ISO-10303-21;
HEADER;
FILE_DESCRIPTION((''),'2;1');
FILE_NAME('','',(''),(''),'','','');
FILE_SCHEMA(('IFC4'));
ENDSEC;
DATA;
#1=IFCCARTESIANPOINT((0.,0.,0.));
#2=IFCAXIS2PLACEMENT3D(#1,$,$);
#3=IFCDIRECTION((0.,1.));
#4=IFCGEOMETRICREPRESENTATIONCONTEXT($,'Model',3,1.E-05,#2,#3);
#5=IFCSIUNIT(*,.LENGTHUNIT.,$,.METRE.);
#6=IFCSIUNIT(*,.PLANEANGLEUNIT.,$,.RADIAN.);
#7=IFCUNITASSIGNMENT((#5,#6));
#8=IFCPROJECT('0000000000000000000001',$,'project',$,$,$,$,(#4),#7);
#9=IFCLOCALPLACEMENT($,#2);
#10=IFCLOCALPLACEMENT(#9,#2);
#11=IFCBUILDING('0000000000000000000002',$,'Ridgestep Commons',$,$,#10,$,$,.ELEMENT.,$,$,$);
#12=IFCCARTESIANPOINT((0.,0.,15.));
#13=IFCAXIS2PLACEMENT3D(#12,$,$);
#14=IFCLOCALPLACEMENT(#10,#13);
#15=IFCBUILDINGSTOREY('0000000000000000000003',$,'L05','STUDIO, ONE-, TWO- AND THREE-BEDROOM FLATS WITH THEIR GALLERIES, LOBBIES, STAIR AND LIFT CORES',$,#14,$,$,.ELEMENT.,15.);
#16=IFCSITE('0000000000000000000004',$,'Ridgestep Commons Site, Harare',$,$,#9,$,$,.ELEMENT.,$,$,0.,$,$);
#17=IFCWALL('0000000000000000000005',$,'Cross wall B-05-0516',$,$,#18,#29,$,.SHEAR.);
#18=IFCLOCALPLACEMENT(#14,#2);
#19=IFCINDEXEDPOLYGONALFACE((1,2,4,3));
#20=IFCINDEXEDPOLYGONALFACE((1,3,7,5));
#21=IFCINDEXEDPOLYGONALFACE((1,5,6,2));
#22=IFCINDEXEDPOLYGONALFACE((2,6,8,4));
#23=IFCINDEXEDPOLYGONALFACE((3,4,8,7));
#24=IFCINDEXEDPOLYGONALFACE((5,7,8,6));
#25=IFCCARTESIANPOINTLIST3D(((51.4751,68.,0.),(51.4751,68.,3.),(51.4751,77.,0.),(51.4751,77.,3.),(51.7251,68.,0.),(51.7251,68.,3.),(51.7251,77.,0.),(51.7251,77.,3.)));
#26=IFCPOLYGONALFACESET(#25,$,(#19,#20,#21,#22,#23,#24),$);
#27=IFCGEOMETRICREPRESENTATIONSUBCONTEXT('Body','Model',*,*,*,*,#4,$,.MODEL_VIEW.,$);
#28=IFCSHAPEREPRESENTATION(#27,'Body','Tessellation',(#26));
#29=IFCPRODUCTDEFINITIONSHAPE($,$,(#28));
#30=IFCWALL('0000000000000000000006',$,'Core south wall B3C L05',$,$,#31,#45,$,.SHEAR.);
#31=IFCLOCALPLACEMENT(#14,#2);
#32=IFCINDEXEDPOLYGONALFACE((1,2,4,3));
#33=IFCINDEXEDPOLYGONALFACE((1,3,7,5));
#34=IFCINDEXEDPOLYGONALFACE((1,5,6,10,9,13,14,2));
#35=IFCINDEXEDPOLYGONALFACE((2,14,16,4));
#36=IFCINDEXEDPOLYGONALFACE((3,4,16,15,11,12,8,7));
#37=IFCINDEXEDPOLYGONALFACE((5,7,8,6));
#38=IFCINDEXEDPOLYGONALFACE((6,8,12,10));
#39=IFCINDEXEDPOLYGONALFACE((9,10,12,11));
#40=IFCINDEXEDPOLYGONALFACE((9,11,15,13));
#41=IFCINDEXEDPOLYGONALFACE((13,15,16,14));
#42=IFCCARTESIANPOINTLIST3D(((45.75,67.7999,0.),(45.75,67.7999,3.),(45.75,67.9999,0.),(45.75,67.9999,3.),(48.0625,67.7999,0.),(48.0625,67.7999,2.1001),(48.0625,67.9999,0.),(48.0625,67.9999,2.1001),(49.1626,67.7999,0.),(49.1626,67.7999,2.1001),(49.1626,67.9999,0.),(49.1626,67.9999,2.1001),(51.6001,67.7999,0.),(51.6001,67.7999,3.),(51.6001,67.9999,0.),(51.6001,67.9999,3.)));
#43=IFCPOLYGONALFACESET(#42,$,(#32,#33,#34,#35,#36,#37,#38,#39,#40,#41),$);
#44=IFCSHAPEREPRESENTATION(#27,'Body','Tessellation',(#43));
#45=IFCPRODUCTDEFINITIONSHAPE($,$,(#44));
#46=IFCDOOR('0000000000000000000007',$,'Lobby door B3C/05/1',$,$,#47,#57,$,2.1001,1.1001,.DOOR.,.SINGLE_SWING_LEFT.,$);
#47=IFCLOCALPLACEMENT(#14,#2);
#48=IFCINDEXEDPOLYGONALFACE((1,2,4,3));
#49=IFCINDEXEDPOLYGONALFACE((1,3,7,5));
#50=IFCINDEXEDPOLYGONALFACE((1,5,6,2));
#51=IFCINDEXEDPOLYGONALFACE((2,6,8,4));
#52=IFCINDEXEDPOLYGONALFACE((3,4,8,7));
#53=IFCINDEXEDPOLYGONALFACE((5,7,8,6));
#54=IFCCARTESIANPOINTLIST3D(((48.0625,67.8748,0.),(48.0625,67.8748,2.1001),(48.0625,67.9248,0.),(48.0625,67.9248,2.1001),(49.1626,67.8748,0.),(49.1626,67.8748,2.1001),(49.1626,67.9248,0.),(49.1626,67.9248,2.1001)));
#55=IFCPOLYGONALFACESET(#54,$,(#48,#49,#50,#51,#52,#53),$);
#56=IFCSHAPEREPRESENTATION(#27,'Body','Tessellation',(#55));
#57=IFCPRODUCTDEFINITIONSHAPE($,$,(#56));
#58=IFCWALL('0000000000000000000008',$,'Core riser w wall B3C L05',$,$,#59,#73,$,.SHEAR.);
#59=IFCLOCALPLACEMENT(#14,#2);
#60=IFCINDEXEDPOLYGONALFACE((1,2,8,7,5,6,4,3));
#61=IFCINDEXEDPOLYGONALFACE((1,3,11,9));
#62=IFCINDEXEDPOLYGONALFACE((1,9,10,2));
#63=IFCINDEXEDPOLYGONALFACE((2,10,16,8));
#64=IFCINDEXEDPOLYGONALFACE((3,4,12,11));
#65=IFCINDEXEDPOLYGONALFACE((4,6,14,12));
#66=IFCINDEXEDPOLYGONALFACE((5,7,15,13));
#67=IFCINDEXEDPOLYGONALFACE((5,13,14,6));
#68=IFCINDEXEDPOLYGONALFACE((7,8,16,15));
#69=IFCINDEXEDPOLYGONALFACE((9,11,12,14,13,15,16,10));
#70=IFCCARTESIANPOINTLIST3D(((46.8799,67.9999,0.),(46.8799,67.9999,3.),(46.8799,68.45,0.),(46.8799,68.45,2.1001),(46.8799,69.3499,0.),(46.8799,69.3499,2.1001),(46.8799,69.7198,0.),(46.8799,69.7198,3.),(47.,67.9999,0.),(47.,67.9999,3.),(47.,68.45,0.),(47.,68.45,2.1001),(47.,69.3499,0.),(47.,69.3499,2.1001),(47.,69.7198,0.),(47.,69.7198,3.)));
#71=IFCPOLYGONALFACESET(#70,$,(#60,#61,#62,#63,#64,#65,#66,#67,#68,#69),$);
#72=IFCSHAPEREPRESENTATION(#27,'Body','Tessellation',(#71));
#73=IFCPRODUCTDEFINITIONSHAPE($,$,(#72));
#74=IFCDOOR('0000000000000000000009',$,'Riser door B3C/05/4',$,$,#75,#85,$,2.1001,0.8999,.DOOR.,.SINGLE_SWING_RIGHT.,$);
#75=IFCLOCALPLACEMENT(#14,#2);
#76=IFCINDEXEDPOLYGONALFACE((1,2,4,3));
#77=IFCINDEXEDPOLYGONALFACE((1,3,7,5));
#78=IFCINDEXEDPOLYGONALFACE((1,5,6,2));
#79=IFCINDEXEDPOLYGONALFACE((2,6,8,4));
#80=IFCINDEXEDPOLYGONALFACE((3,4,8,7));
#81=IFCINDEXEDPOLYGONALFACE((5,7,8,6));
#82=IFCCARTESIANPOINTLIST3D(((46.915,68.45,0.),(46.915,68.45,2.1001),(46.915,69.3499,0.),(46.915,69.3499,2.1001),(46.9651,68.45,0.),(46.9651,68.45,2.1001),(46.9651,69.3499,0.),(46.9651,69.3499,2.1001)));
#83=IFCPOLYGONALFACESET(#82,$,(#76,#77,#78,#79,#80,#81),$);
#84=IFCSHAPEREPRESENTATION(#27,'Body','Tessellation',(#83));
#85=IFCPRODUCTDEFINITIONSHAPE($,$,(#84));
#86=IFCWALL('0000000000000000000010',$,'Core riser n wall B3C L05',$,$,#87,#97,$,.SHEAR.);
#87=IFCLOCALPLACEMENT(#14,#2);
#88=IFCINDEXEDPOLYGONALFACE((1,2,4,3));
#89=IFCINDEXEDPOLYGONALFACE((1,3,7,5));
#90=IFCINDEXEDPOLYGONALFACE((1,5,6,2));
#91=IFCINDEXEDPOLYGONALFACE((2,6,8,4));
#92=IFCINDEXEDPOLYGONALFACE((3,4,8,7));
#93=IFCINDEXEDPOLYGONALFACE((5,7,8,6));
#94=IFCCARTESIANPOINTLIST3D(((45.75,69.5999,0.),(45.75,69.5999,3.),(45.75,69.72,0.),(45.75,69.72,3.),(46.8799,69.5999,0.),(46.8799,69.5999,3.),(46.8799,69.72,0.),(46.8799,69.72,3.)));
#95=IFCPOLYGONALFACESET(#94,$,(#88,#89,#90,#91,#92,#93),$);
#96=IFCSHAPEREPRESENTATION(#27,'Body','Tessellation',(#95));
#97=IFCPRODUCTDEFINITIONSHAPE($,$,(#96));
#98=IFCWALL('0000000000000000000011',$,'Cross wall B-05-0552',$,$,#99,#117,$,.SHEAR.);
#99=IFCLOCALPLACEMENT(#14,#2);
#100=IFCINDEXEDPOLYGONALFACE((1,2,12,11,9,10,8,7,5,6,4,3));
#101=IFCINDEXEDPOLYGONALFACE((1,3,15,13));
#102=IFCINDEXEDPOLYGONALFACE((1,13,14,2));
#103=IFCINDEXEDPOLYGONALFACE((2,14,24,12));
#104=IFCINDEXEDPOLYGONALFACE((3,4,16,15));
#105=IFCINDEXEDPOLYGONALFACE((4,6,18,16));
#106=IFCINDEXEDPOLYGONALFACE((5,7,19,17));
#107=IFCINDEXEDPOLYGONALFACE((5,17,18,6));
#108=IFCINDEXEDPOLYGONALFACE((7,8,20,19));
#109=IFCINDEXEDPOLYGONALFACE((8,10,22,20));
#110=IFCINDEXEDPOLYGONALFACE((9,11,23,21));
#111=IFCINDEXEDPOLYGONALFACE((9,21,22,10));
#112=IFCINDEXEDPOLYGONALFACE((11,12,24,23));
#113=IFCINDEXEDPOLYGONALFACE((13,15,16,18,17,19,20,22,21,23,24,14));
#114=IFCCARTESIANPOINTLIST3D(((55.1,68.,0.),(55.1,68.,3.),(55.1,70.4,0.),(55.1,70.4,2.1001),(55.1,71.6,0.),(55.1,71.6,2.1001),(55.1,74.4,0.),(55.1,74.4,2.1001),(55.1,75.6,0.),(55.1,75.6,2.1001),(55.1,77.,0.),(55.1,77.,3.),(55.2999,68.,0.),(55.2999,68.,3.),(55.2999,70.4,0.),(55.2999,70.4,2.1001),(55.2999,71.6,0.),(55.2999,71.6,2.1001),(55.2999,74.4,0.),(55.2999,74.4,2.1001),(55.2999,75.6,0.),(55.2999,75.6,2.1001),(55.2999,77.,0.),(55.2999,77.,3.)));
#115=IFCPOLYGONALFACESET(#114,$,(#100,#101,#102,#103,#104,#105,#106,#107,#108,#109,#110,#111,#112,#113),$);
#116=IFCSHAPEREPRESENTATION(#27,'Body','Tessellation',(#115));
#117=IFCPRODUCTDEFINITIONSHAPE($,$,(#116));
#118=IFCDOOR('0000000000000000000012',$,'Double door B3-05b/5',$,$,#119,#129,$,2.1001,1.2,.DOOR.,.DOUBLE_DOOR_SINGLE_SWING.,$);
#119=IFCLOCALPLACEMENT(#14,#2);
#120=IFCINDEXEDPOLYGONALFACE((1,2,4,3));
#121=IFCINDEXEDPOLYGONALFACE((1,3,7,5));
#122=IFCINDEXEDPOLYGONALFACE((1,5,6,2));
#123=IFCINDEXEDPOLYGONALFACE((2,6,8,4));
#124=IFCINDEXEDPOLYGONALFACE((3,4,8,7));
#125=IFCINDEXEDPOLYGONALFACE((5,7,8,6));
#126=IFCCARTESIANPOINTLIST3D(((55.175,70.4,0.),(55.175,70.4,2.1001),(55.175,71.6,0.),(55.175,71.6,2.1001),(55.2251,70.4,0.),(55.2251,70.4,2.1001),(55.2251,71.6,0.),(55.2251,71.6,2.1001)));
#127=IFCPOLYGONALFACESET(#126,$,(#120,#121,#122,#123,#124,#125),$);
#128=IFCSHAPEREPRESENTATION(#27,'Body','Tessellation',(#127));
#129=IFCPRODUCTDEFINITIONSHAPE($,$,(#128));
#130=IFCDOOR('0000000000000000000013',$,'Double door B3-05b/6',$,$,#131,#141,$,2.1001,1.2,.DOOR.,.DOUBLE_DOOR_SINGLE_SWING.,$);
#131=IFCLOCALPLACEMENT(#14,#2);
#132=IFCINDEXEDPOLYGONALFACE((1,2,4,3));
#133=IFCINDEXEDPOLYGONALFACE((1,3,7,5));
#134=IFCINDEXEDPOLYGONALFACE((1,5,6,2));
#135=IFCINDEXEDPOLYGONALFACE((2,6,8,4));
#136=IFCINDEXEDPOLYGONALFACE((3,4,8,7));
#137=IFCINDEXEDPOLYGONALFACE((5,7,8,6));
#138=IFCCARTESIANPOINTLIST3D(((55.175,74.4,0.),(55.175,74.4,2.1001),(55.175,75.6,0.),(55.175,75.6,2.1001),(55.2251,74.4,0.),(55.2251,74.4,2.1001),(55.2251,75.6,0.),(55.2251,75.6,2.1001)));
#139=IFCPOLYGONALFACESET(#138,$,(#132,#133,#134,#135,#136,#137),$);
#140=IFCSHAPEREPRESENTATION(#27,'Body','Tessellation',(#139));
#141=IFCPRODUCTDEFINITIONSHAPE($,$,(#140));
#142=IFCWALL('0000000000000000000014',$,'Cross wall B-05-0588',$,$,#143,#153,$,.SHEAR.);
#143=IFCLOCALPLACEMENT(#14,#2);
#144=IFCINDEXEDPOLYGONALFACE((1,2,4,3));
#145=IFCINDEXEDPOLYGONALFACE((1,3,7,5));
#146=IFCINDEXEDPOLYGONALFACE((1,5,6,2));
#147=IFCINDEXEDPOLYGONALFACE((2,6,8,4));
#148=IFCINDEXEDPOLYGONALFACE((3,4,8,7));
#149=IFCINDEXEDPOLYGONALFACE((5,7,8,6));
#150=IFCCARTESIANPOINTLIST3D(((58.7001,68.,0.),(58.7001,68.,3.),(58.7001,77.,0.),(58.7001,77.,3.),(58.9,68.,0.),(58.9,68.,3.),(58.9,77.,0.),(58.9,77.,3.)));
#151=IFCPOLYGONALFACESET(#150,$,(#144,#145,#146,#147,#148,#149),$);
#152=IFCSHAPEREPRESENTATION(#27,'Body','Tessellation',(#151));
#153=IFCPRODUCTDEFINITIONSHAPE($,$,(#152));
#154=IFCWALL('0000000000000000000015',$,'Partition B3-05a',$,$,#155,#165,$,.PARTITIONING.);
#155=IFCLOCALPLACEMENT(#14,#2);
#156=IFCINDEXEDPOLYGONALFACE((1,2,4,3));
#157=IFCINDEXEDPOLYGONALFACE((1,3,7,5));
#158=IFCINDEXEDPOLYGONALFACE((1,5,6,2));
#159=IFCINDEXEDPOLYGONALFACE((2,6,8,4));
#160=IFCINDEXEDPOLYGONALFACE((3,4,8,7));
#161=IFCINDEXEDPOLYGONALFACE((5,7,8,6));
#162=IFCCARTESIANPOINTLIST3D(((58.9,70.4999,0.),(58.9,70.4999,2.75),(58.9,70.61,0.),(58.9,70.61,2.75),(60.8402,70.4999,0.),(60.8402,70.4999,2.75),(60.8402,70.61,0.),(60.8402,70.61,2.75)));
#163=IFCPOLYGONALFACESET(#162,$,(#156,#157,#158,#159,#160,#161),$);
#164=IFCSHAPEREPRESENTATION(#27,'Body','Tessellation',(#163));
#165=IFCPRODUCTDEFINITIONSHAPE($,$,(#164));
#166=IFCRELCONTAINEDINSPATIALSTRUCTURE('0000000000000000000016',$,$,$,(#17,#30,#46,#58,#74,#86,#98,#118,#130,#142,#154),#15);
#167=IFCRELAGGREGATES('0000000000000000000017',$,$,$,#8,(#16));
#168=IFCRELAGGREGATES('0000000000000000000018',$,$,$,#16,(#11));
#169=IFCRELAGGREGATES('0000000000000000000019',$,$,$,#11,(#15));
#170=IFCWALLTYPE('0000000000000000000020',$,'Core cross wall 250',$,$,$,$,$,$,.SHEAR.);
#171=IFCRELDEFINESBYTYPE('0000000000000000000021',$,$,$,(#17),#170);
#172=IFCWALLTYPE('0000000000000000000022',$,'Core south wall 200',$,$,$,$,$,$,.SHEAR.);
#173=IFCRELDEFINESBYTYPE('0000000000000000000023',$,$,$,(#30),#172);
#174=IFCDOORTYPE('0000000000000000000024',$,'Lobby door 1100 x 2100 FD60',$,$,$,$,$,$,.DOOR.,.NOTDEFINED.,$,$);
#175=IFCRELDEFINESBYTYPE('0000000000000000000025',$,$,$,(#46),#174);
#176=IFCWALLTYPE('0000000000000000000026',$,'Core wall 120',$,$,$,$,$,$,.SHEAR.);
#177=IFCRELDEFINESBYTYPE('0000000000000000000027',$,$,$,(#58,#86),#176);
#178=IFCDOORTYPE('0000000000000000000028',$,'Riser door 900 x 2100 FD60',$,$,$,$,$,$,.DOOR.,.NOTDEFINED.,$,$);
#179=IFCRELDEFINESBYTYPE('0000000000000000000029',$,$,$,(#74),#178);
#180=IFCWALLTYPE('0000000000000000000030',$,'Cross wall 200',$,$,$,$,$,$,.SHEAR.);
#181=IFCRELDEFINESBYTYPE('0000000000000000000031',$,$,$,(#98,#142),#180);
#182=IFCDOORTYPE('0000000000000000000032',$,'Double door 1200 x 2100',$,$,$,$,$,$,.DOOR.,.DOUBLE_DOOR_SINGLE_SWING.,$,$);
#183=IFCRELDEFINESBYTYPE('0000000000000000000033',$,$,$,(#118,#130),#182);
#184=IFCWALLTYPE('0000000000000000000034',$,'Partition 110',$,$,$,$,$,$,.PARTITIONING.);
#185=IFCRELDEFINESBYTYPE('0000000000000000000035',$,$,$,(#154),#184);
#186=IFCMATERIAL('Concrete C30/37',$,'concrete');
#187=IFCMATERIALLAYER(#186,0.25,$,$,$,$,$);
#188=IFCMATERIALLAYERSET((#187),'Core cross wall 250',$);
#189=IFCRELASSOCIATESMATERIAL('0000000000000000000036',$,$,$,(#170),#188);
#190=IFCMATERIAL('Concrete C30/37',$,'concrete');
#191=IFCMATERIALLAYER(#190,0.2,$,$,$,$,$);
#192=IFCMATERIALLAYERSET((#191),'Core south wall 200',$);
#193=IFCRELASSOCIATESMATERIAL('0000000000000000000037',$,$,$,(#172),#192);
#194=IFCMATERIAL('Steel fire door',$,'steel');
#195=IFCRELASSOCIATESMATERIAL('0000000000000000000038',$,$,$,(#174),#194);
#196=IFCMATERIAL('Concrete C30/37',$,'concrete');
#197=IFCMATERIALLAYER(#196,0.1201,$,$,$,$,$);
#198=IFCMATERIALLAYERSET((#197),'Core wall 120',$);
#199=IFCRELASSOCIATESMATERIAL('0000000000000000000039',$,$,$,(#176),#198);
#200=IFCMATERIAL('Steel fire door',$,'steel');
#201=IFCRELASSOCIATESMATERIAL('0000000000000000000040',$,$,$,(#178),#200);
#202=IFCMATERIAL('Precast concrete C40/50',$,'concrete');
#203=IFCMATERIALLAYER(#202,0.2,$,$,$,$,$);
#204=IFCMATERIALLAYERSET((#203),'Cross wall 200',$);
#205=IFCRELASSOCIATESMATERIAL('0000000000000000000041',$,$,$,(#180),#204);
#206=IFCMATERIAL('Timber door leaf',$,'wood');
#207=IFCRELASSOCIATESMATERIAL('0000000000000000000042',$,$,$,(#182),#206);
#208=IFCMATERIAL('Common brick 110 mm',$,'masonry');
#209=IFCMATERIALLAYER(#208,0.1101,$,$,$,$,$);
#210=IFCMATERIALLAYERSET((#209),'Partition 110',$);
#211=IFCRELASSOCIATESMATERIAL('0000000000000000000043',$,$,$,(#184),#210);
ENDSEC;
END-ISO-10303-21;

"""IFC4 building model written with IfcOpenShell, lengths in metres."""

from ifc_helpers import new_model, si_unit, direction, frame, frame_2d, origin, place, context, subcontext, project, spatial, rectangle, extrude, material, layer, layer_set, type_object, element, fill, save


model = new_model("IFC4")

# Units and contexts
model_context = context("Model", 3, precision=1e-05, world=origin(), true_north=direction((0.0, 1.0)))
body_context = subcontext(model_context, "Body", "Model", "MODEL_VIEW")
ifc_project = project(units=[si_unit("LENGTHUNIT", "METRE"), si_unit("PLANEANGLEUNIT", "RADIAN")], contexts=[model_context])

# Site, building, storey
site_placement = place(None, origin())
site = spatial("IfcSite", under=ifc_project, at=site_placement, Name="Ridgestep Commons Site, Harare", CompositionType="ELEMENT", RefElevation=0.0)
building_placement = place(site_placement, origin())
building = spatial("IfcBuilding", under=site, at=building_placement, Name="Ridgestep Commons", CompositionType="ELEMENT")
storey_placement = place(building_placement, frame((0.0, 0.0, 15.0)))
storey = spatial("IfcBuildingStorey", under=building, at=storey_placement, Name="L05", Description="STUDIO, ONE-, TWO- AND THREE-BEDROOM FLATS WITH THEIR GALLERIES, LOBBIES, STAIR AND LIFT CORES", CompositionType="ELEMENT", Elevation=15.0)

# Wall
ifc_material_1 = material(Name="Concrete C30/37", Category="concrete")
ifc_layer_1 = layer(ifc_material_1, 0.25)
ifc_layer_set_1 = layer_set([ifc_layer_1], Name="Core cross wall 250")
wall_type_1 = type_object("IfcWallType", Name="Core cross wall 250", PredefinedType="SHEAR", material=ifc_layer_set_1)
wall_1_placement = place(storey_placement, frame((51.6001, 68.0, 0.0), z_axis=(0.0, 0.0, 1.0), x_axis=(0.0, 1.0, 0.0)))
element("IfcWall", 1, at=wall_1_placement, inside=storey, type_object=wall_type_1, Name="Cross wall B-05-0516", PredefinedType="SHEAR", context=body_context, shape_type="SweptSolid", body=[
    extrude(rectangle(XDim=9.0, YDim=0.25, at=frame_2d((4.5, 0.0))), origin(), (0.0, 0.0, 1.0), 3.0),
])

# Walls, openings, doors
ifc_material_2 = material(Name="Concrete C30/37", Category="concrete")
ifc_layer_2 = layer(ifc_material_2, 0.2)
ifc_layer_set_2 = layer_set([ifc_layer_2], Name="Core south wall 200")
wall_type_2 = type_object("IfcWallType", Name="Core south wall 200", PredefinedType="SHEAR", material=ifc_layer_set_2)
wall_2_placement = place(storey_placement, frame((45.75, 67.8999, 0.0), z_axis=(0.0, 0.0, 1.0), x_axis=(1.0, 0.0, 0.0)))
wall_2 = element("IfcWall", 2, at=wall_2_placement, inside=storey, type_object=wall_type_2, Name="Core south wall B3C L05", PredefinedType="SHEAR", context=body_context, shape_type="SweptSolid", body=[
    extrude(rectangle(XDim=5.8501, YDim=0.2, at=frame_2d((2.925, 0.0))), origin(), (0.0, 0.0, 1.0), 3.0),
])
opening_1_placement = place(wall_2_placement, frame((2.3125, 0.0, 0.0)))
opening_1 = element("IfcOpeningElement", 3, at=opening_1_placement, cuts=wall_2, PredefinedType="OPENING", context=body_context, shape_type="SweptSolid", body=[
    extrude(rectangle(XDim=1.1001, YDim=2.1001, at=frame_2d((0.55, 1.05))), frame((0.0, 0.1099, 0.0), z_axis=(0.0, -1.0, 0.0), x_axis=(1.0, 0.0, 0.0)), (0.0, 0.0, 1.0), 0.22),
])
ifc_material_3 = material(Name="Steel fire door", Category="steel")
door_type_1 = type_object("IfcDoorType", Name="Lobby door 1100 x 2100 FD60", OperationType="NOTDEFINED", PredefinedType="DOOR", material=ifc_material_3)
door_1_placement = place(opening_1_placement, origin())
door_1 = element("IfcDoor", 4, at=door_1_placement, inside=storey, type_object=door_type_1, Name="Lobby door B3C/05/1", OperationType="SINGLE_SWING_LEFT", OverallHeight=2.1001, OverallWidth=1.1001, PredefinedType="DOOR", context=body_context, shape_type="SweptSolid", body=[
    extrude(rectangle(XDim=1.1001, YDim=2.1001, at=frame_2d((0.55, 1.05))), frame((0.0, 0.0249, 0.0), z_axis=(0.0, -1.0, 0.0), x_axis=(1.0, 0.0, 0.0)), (0.0, 0.0, 1.0), 0.05),
])
fill(opening_1, door_1)
ifc_material_4 = material(Name="Concrete C30/37", Category="concrete")
ifc_layer_3 = layer(ifc_material_4, 0.1201)
ifc_layer_set_3 = layer_set([ifc_layer_3], Name="Core wall 120")
wall_type_3 = type_object("IfcWallType", Name="Core wall 120", PredefinedType="SHEAR", material=ifc_layer_set_3)
wall_3_placement = place(storey_placement, frame((46.9399, 68.0, 0.0), z_axis=(0.0, 0.0, 1.0), x_axis=(0.0, 1.0, 0.0)))
wall_3 = element("IfcWall", 5, at=wall_3_placement, inside=storey, type_object=wall_type_3, Name="Core riser w wall B3C L05", PredefinedType="SHEAR", context=body_context, shape_type="SweptSolid", body=[
    extrude(rectangle(XDim=1.72, YDim=0.1201, at=frame_2d((0.8599, 0.0))), origin(), (0.0, 0.0, 1.0), 3.0),
])
opening_2_placement = place(wall_3_placement, frame((0.45, 0.0, 0.0)))
opening_2 = element("IfcOpeningElement", 6, at=opening_2_placement, cuts=wall_3, PredefinedType="OPENING", context=body_context, shape_type="SweptSolid", body=[
    extrude(rectangle(XDim=0.8999, YDim=2.1001, at=frame_2d((0.45, 1.05))), frame((0.0, 0.0701, 0.0), z_axis=(0.0, -1.0, 0.0), x_axis=(1.0, 0.0, 0.0)), (0.0, 0.0, 1.0), 0.1401),
])
ifc_material_5 = material(Name="Steel fire door", Category="steel")
door_type_2 = type_object("IfcDoorType", Name="Riser door 900 x 2100 FD60", OperationType="NOTDEFINED", PredefinedType="DOOR", material=ifc_material_5)
door_2_placement = place(opening_2_placement, origin())
door_2 = element("IfcDoor", 7, at=door_2_placement, inside=storey, type_object=door_type_2, Name="Riser door B3C/05/4", OperationType="SINGLE_SWING_RIGHT", OverallHeight=2.1001, OverallWidth=0.8999, PredefinedType="DOOR", context=body_context, shape_type="SweptSolid", body=[
    extrude(rectangle(XDim=0.8999, YDim=2.1001, at=frame_2d((0.45, 1.05))), frame((0.0, 0.0249, 0.0), z_axis=(0.0, -1.0, 0.0), x_axis=(1.0, 0.0, 0.0)), (0.0, 0.0, 1.0), 0.05),
])
fill(opening_2, door_2)

# Wall
wall_4_placement = place(storey_placement, frame((45.75, 69.6599, 0.0), z_axis=(0.0, 0.0, 1.0), x_axis=(1.0, 0.0, 0.0)))
element("IfcWall", 8, at=wall_4_placement, inside=storey, type_object=wall_type_3, Name="Core riser n wall B3C L05", PredefinedType="SHEAR", context=body_context, shape_type="SweptSolid", body=[
    extrude(rectangle(XDim=1.1299, YDim=0.1201, at=frame_2d((0.5649, 0.0))), origin(), (0.0, 0.0, 1.0), 3.0),
])

# Wall, openings, doors
ifc_material_6 = material(Name="Precast concrete C40/50", Category="concrete")
ifc_layer_4 = layer(ifc_material_6, 0.2)
ifc_layer_set_4 = layer_set([ifc_layer_4], Name="Cross wall 200")
wall_type_4 = type_object("IfcWallType", Name="Cross wall 200", PredefinedType="SHEAR", material=ifc_layer_set_4)
wall_5_placement = place(storey_placement, frame((55.2, 68.0, 0.0), z_axis=(0.0, 0.0, 1.0), x_axis=(0.0, 1.0, 0.0)))
wall_5 = element("IfcWall", 9, at=wall_5_placement, inside=storey, type_object=wall_type_4, Name="Cross wall B-05-0552", PredefinedType="SHEAR", context=body_context, shape_type="SweptSolid", body=[
    extrude(rectangle(XDim=9.0, YDim=0.2, at=frame_2d((4.5, 0.0))), origin(), (0.0, 0.0, 1.0), 3.0),
])
opening_3_placement = place(wall_5_placement, frame((2.3999, 0.0, 0.0)))
opening_3 = element("IfcOpeningElement", 10, at=opening_3_placement, cuts=wall_5, PredefinedType="OPENING", context=body_context, shape_type="SweptSolid", body=[
    extrude(rectangle(XDim=1.2, YDim=2.1001, at=frame_2d((0.6001, 1.05))), frame((0.0, 0.1099, 0.0), z_axis=(0.0, -1.0, 0.0), x_axis=(1.0, 0.0, 0.0)), (0.0, 0.0, 1.0), 0.22),
])
opening_4_placement = place(wall_5_placement, frame((6.3999, 0.0, 0.0)))
opening_4 = element("IfcOpeningElement", 11, at=opening_4_placement, cuts=wall_5, PredefinedType="OPENING", context=body_context, shape_type="SweptSolid", body=[
    extrude(rectangle(XDim=1.2, YDim=2.1001, at=frame_2d((0.6001, 1.05))), frame((0.0, 0.1099, 0.0), z_axis=(0.0, -1.0, 0.0), x_axis=(1.0, 0.0, 0.0)), (0.0, 0.0, 1.0), 0.22),
])
ifc_material_7 = material(Name="Timber door leaf", Category="wood")
door_type_3 = type_object("IfcDoorType", Name="Double door 1200 x 2100", OperationType="DOUBLE_DOOR_SINGLE_SWING", PredefinedType="DOOR", material=ifc_material_7)
door_3_placement = place(opening_3_placement, origin())
door_3 = element("IfcDoor", 12, at=door_3_placement, inside=storey, type_object=door_type_3, Name="Double door B3-05b/5", OperationType="DOUBLE_DOOR_SINGLE_SWING", OverallHeight=2.1001, OverallWidth=1.2, PredefinedType="DOOR", context=body_context, shape_type="SweptSolid", body=[
    extrude(rectangle(XDim=1.2, YDim=2.1001, at=frame_2d((0.6001, 1.05))), frame((0.0, 0.0249, 0.0), z_axis=(0.0, -1.0, 0.0), x_axis=(1.0, 0.0, 0.0)), (0.0, 0.0, 1.0), 0.05),
])
fill(opening_3, door_3)
door_4_placement = place(opening_4_placement, origin())
door_4 = element("IfcDoor", 13, at=door_4_placement, inside=storey, type_object=door_type_3, Name="Double door B3-05b/6", OperationType="DOUBLE_DOOR_SINGLE_SWING", OverallHeight=2.1001, OverallWidth=1.2, PredefinedType="DOOR", context=body_context, shape_type="SweptSolid", body=[
    extrude(rectangle(XDim=1.2, YDim=2.1001, at=frame_2d((0.6001, 1.05))), frame((0.0, 0.0249, 0.0), z_axis=(0.0, -1.0, 0.0), x_axis=(1.0, 0.0, 0.0)), (0.0, 0.0, 1.0), 0.05),
])
fill(opening_4, door_4)

# Walls
wall_6_placement = place(storey_placement, frame((58.8, 68.0, 0.0), z_axis=(0.0, 0.0, 1.0), x_axis=(0.0, 1.0, 0.0)))
element("IfcWall", 14, at=wall_6_placement, inside=storey, type_object=wall_type_4, Name="Cross wall B-05-0588", PredefinedType="SHEAR", context=body_context, shape_type="SweptSolid", body=[
    extrude(rectangle(XDim=9.0, YDim=0.2, at=frame_2d((4.5, 0.0))), origin(), (0.0, 0.0, 1.0), 3.0),
])
ifc_material_8 = material(Name="Common brick 110 mm", Category="masonry")
ifc_layer_5 = layer(ifc_material_8, 0.1101)
ifc_layer_set_5 = layer_set([ifc_layer_5], Name="Partition 110")
wall_type_5 = type_object("IfcWallType", Name="Partition 110", PredefinedType="PARTITIONING", material=ifc_layer_set_5)
wall_7_placement = place(storey_placement, frame((58.8999, 70.5549, 0.0), z_axis=(0.0, 0.0, 1.0), x_axis=(1.0, 0.0, 0.0)))
element("IfcWall", 15, at=wall_7_placement, inside=storey, type_object=wall_type_5, Name="Partition B3-05a", PredefinedType="PARTITIONING", context=body_context, shape_type="SweptSolid", body=[
    extrude(rectangle(XDim=1.9402, YDim=0.1101, at=frame_2d((0.9702, 0.0))), origin(), (0.0, 0.0, 1.0), 2.75),
])

save(model, "model.ifc")
